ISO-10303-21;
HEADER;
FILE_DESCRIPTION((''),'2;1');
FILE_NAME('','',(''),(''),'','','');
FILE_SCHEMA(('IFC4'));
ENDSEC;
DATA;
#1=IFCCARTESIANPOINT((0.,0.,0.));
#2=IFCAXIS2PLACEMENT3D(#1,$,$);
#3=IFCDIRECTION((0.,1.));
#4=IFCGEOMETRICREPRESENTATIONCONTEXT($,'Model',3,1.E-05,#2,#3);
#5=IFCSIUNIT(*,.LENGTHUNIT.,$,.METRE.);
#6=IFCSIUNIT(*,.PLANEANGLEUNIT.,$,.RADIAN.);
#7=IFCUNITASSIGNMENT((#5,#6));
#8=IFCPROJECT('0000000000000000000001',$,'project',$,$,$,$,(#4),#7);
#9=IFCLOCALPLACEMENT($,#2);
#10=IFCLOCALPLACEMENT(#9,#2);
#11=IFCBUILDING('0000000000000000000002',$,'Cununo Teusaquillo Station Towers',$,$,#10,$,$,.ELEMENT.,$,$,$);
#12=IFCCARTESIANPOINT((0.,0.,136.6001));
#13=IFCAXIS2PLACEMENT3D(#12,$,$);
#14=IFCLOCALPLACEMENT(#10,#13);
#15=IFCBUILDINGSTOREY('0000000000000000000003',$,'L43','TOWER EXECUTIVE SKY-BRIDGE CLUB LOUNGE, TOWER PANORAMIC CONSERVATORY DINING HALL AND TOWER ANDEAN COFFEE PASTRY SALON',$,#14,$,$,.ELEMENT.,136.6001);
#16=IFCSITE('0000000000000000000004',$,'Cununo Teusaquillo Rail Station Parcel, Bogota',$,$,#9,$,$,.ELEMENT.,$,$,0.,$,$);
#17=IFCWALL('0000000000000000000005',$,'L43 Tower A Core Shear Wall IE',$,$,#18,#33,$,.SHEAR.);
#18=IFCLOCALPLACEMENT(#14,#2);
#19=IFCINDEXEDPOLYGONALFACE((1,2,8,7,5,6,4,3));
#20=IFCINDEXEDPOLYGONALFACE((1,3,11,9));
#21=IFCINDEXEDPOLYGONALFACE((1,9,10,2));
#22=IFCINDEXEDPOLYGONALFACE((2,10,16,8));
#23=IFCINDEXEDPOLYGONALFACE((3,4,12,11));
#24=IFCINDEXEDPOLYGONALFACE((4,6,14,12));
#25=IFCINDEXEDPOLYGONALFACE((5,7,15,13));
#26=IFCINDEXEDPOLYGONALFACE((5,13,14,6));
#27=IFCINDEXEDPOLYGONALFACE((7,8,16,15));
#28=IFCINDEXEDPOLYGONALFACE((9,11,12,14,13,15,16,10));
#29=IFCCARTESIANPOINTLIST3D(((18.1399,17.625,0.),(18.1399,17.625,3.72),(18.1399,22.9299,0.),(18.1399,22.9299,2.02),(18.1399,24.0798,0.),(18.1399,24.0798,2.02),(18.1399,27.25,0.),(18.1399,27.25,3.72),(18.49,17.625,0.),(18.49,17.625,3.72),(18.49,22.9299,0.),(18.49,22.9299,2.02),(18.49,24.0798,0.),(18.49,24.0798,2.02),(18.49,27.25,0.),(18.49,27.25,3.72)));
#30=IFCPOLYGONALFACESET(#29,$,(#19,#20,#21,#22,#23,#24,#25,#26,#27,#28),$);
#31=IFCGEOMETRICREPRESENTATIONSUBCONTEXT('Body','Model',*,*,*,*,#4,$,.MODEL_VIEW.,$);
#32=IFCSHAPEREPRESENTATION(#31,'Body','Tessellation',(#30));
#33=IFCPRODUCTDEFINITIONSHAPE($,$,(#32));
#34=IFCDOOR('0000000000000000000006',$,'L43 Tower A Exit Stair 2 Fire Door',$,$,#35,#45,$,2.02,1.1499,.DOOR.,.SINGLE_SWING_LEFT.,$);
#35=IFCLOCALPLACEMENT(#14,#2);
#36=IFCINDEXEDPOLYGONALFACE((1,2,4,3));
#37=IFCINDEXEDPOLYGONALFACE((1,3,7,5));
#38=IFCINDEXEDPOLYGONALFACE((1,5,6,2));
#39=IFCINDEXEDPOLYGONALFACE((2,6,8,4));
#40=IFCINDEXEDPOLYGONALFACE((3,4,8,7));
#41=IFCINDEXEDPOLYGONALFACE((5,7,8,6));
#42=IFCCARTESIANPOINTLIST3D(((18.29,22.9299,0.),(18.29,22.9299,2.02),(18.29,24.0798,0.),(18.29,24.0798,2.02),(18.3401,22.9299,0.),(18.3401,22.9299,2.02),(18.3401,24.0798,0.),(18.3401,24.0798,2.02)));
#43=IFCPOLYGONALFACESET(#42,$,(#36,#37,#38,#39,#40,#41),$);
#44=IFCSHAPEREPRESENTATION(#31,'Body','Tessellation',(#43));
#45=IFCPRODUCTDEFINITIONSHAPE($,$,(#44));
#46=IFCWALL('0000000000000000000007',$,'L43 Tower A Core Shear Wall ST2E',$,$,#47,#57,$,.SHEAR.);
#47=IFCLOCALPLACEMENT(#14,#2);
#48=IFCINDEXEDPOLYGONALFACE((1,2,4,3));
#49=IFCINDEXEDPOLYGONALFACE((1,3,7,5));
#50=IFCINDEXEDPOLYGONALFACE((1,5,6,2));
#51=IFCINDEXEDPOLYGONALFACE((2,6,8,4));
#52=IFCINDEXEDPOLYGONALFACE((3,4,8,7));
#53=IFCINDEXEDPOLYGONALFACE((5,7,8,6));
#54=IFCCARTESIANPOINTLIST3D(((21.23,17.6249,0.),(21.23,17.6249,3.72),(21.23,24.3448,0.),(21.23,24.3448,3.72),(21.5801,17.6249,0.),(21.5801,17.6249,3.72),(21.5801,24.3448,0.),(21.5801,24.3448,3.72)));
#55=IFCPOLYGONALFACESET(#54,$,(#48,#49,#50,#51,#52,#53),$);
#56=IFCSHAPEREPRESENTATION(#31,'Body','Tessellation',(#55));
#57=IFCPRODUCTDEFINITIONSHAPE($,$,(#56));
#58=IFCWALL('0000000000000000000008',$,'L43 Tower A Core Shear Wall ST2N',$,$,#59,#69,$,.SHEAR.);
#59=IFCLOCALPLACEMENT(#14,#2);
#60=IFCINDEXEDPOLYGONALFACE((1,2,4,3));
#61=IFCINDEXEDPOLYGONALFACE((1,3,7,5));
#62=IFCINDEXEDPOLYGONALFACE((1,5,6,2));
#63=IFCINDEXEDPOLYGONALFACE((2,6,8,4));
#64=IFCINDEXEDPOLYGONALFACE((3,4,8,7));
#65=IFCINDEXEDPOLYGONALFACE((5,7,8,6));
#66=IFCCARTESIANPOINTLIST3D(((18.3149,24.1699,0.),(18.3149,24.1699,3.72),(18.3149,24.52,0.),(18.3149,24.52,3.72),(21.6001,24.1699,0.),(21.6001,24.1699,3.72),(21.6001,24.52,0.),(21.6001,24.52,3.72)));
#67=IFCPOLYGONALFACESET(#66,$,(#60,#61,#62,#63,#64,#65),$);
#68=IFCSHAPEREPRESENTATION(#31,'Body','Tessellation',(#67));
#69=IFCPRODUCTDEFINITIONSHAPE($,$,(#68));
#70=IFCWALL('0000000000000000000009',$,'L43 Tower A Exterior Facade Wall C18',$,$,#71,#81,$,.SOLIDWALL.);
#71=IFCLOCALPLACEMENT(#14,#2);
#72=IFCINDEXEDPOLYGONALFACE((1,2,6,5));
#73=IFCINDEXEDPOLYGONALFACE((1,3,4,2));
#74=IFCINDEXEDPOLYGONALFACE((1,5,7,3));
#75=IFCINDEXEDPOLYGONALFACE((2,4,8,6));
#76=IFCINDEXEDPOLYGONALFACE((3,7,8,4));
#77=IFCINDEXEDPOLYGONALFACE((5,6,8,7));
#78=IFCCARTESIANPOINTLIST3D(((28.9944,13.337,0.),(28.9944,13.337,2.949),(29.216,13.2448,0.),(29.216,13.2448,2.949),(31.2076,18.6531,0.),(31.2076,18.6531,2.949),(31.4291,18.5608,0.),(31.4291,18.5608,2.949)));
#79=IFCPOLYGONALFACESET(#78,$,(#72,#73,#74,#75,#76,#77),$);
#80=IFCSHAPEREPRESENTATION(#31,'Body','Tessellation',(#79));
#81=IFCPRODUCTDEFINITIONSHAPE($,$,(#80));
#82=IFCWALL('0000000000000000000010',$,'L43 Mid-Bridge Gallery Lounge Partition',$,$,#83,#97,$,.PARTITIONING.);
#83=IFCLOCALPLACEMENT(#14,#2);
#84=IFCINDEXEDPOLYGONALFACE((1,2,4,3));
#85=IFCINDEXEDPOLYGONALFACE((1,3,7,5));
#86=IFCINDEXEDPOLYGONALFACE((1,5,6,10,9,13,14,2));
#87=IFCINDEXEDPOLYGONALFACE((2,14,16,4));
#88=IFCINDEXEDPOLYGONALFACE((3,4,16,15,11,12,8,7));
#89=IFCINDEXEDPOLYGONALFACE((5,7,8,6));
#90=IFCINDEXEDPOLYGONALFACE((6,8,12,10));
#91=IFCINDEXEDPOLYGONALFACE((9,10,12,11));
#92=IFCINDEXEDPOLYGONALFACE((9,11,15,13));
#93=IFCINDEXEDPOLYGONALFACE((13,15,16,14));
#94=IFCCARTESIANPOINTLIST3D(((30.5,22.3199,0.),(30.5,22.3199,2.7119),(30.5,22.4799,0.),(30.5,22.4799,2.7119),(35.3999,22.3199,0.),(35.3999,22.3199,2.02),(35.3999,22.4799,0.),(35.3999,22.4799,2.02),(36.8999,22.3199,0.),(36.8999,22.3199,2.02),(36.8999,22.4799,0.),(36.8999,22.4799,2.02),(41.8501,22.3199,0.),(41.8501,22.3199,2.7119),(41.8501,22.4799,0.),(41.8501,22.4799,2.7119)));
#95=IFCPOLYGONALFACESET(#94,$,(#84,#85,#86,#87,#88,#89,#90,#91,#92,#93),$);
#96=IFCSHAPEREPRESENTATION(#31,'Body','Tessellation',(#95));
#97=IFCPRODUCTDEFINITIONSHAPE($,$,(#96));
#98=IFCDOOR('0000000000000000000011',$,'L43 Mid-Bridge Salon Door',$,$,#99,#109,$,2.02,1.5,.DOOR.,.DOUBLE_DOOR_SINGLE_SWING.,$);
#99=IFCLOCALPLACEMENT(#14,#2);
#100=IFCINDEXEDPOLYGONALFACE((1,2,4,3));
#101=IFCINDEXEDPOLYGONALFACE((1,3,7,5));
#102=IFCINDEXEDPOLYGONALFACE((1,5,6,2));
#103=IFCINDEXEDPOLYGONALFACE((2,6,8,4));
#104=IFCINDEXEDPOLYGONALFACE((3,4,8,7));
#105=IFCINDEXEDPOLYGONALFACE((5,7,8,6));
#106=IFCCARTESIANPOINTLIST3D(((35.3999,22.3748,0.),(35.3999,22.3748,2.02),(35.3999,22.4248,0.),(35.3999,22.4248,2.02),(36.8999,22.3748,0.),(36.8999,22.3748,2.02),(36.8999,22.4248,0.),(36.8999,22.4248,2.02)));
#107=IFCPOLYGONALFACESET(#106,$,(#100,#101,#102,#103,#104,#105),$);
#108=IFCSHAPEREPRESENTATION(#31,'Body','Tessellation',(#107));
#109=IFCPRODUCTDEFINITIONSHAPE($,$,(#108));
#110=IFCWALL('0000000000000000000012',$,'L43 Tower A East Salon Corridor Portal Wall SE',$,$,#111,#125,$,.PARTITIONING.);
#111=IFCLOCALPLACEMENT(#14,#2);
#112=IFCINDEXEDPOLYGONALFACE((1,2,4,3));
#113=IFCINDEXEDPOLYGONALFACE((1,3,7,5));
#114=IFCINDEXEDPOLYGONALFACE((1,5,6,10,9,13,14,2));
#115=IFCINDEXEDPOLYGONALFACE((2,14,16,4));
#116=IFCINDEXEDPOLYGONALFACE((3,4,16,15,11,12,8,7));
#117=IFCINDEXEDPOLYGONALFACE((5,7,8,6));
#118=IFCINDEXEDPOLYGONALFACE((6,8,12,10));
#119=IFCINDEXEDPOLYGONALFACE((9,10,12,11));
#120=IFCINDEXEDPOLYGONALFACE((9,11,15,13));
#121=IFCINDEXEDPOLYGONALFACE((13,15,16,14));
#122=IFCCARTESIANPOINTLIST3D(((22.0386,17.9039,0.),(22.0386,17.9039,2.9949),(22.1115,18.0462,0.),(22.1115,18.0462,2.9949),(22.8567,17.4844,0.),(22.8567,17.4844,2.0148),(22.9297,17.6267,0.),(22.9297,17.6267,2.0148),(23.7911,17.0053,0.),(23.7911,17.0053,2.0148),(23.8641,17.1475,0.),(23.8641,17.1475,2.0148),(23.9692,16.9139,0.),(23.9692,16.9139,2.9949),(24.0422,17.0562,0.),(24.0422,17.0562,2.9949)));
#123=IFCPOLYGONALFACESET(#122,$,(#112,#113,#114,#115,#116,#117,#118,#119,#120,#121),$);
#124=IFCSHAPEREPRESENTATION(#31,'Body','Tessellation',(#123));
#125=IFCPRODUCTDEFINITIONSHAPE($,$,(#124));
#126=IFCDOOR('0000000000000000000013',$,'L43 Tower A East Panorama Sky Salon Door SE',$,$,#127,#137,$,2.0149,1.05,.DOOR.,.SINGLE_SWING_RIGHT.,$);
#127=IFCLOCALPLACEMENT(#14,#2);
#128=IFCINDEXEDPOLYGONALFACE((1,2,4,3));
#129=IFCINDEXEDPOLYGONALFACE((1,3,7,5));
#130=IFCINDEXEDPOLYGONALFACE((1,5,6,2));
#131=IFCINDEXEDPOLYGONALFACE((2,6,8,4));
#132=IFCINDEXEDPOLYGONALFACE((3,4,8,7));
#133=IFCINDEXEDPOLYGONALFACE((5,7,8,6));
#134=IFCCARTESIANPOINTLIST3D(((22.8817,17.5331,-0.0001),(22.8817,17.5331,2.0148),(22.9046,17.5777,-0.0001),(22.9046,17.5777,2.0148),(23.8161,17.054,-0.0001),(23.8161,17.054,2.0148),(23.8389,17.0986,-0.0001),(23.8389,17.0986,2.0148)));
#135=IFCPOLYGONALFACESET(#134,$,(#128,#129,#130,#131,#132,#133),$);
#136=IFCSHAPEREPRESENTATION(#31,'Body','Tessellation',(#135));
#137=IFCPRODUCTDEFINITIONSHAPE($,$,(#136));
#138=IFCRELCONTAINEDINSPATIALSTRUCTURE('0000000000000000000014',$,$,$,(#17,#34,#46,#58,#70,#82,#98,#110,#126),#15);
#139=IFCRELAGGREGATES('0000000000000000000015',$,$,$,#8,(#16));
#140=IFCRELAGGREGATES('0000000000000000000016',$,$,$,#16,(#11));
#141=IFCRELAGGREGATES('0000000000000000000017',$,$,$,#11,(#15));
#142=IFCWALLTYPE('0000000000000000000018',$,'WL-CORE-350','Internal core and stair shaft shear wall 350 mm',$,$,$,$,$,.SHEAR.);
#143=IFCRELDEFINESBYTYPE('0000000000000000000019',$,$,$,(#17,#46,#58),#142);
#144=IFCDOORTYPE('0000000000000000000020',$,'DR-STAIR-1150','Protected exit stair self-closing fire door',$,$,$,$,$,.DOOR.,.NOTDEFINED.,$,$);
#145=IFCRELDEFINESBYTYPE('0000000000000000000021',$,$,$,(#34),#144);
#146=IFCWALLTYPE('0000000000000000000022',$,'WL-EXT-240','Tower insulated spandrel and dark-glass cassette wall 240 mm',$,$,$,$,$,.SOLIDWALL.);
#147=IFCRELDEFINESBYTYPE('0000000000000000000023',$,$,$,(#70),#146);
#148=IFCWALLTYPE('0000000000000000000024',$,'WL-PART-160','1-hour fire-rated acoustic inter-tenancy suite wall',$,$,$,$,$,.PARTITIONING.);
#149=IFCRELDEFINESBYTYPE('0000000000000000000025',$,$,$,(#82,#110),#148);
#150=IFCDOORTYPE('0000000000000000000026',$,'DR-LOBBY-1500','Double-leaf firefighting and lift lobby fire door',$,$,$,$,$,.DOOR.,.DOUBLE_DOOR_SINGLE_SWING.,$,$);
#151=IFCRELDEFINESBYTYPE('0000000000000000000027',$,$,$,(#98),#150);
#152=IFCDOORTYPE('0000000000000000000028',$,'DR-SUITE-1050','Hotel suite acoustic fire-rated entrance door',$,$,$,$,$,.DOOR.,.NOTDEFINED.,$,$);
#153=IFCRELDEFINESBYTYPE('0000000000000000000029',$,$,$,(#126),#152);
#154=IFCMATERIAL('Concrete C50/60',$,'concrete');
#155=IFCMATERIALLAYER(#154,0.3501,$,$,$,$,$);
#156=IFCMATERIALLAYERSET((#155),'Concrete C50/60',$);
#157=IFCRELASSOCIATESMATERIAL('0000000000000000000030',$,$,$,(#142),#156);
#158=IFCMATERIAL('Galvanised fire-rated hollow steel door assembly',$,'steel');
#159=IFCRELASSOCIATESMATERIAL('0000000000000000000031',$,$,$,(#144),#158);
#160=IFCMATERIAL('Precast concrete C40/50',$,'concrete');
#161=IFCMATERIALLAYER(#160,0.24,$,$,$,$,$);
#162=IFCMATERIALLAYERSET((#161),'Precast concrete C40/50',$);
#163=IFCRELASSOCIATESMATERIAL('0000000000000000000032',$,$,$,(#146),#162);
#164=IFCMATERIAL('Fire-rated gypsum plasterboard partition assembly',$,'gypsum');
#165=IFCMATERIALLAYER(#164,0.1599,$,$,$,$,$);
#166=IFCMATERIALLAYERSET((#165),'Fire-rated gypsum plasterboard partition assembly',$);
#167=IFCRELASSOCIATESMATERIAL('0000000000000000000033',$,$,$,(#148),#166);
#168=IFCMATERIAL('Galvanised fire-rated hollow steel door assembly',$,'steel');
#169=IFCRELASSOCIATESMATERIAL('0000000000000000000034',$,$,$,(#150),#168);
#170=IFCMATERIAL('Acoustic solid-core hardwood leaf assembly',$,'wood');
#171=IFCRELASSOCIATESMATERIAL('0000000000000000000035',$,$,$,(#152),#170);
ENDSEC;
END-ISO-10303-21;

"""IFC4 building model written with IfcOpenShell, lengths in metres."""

from ifc_helpers import new_model, si_unit, direction, frame, frame_2d, origin, place, context, subcontext, project, spatial, rectangle, extrude, source, transform, mapped, material, layer, layer_set, type_object, element, fill, save


model = new_model("IFC4")

# Units and contexts
model_context = context("Model", 3, precision=1e-05, world=origin(), true_north=direction((0.0, 1.0)))
body_context = subcontext(model_context, "Body", "Model", "MODEL_VIEW")
ifc_project = project(units=[si_unit("LENGTHUNIT", "METRE"), si_unit("PLANEANGLEUNIT", "RADIAN")], contexts=[model_context])

# Site, building, storey
site_placement = place(None, origin())
site = spatial("IfcSite", under=ifc_project, at=site_placement, Name="Cununo Teusaquillo Rail Station Parcel, Bogota", CompositionType="ELEMENT", RefElevation=0.0)
building_placement = place(site_placement, origin())
building = spatial("IfcBuilding", under=site, at=building_placement, Name="Cununo Teusaquillo Station Towers", CompositionType="ELEMENT")
storey_placement = place(building_placement, frame((0.0, 0.0, 136.6001)))
storey = spatial("IfcBuildingStorey", under=building, at=storey_placement, Name="L43", Description="TOWER EXECUTIVE SKY-BRIDGE CLUB LOUNGE, TOWER PANORAMIC CONSERVATORY DINING HALL AND TOWER ANDEAN COFFEE PASTRY SALON", CompositionType="ELEMENT", Elevation=136.6001)

# Wall, opening, door
ifc_material_1 = material(Name="Concrete C50/60", Category="concrete")
ifc_layer_1 = layer(ifc_material_1, 0.3501)
ifc_layer_set_1 = layer_set([ifc_layer_1], Name="Concrete C50/60")
wall_type_1 = type_object("IfcWallType", Name="WL-CORE-350", Description="Internal core and stair shaft shear wall 350 mm", PredefinedType="SHEAR", material=ifc_layer_set_1)
wall_1_placement = place(storey_placement, frame((18.3149, 17.625, 0.0), z_axis=(0.0, 0.0, 1.0), x_axis=(0.0, 1.0, 0.0)))
wall_1 = element("IfcWall", 1, at=wall_1_placement, inside=storey, type_object=wall_type_1, Name="L43 Tower A Core Shear Wall IE", PredefinedType="SHEAR", context=body_context, shape_type="SweptSolid", body=[
    extrude(rectangle(XDim=9.625, YDim=0.3501, at=frame_2d((4.8125, 0.0))), origin(), (0.0, 0.0, 1.0), 3.72),
])
shared_shape_1 = source(origin(), body_context, "Body", "SweptSolid", [
    extrude(rectangle(XDim=1.1499, YDim=2.02, at=frame_2d((0.575, 1.01))), frame((0.0, 0.1851, 0.0), z_axis=(0.0, -1.0, 0.0), x_axis=(1.0, 0.0, 0.0)), (0.0, 0.0, 1.0), 0.3701),
])
opening_1_placement = place(wall_1_placement, frame((5.3049, 0.0, 0.0)))
opening_1 = element("IfcOpeningElement", 2, at=opening_1_placement, cuts=wall_1, PredefinedType="OPENING", context=body_context, shape_type="MappedRepresentation", body=[
    mapped(shared_shape_1, transform((0.0, 0.0, 0.0), x_axis=(1.0, 0.0, 0.0), y_axis=(0.0, 1.0, 0.0), z_axis=(0.0, 0.0, 1.0), scale=1.0)),
])
ifc_material_2 = material(Name="Galvanised fire-rated hollow steel door assembly", Category="steel")
door_type_1 = type_object("IfcDoorType", Name="DR-STAIR-1150", Description="Protected exit stair self-closing fire door", OperationType="NOTDEFINED", PredefinedType="DOOR", material=ifc_material_2)
shared_shape_2 = source(origin(), body_context, "Body", "SweptSolid", [
    extrude(rectangle(XDim=1.1499, YDim=2.02, at=frame_2d((0.575, 1.01))), frame((0.0, 0.0249, 0.0), z_axis=(0.0, -1.0, 0.0), x_axis=(1.0, 0.0, 0.0)), (0.0, 0.0, 1.0), 0.05),
])
door_1_placement = place(opening_1_placement, origin())
door_1 = element("IfcDoor", 3, at=door_1_placement, inside=storey, type_object=door_type_1, Name="L43 Tower A Exit Stair 2 Fire Door", OperationType="SINGLE_SWING_LEFT", OverallHeight=2.02, OverallWidth=1.1499, PredefinedType="DOOR", context=body_context, shape_type="MappedRepresentation", body=[
    mapped(shared_shape_2, transform((0.0, 0.0, 0.0), x_axis=(1.0, 0.0, 0.0), y_axis=(0.0, 1.0, 0.0), z_axis=(0.0, 0.0, 1.0), scale=1.0)),
])
fill(opening_1, door_1)

# Walls
wall_2_placement = place(storey_placement, frame((21.405, 17.625, 0.0), z_axis=(0.0, 0.0, 1.0), x_axis=(0.0, 1.0, 0.0)))
element("IfcWall", 4, at=wall_2_placement, inside=storey, type_object=wall_type_1, Name="L43 Tower A Core Shear Wall ST2E", PredefinedType="SHEAR", context=body_context, shape_type="SweptSolid", body=[
    extrude(rectangle(XDim=6.72, YDim=0.3501, at=frame_2d((3.3599, 0.0))), origin(), (0.0, 0.0, 1.0), 3.72),
])
wall_3_placement = place(storey_placement, frame((18.3149, 24.345, 0.0), z_axis=(0.0, 0.0, 1.0), x_axis=(1.0, 0.0, 0.0)))
element("IfcWall", 5, at=wall_3_placement, inside=storey, type_object=wall_type_1, Name="L43 Tower A Core Shear Wall ST2N", PredefinedType="SHEAR", context=body_context, shape_type="SweptSolid", body=[
    extrude(rectangle(XDim=3.2852, YDim=0.3501, at=frame_2d((1.6426, 0.0))), origin(), (0.0, 0.0, 1.0), 3.72),
])
ifc_material_3 = material(Name="Precast concrete C40/50", Category="concrete")
ifc_layer_2 = layer(ifc_material_3, 0.24)
ifc_layer_set_2 = layer_set([ifc_layer_2], Name="Precast concrete C40/50")
wall_type_2 = type_object("IfcWallType", Name="WL-EXT-240", Description="Tower insulated spandrel and dark-glass cassette wall 240 mm", PredefinedType="SOLIDWALL", material=ifc_layer_set_2)
wall_4_placement = place(storey_placement, frame((31.3184, 18.6069, 0.0), z_axis=(0.0, 0.0, 1.0), x_axis=(-0.384344, -0.92319, 0.0)))
element("IfcWall", 6, at=wall_4_placement, inside=storey, type_object=wall_type_2, Name="L43 Tower A Exterior Facade Wall C18", PredefinedType="SOLIDWALL", context=body_context, shape_type="SweptSolid", body=[
    extrude(rectangle(XDim=5.7583, YDim=0.24, at=frame_2d((2.8792, 0.0))), origin(), (0.0, 0.0, 1.0), 2.949),
])

# Walls, openings, doors
ifc_material_4 = material(Name="Fire-rated gypsum plasterboard partition assembly", Category="gypsum")
ifc_layer_3 = layer(ifc_material_4, 0.1599)
ifc_layer_set_3 = layer_set([ifc_layer_3], Name="Fire-rated gypsum plasterboard partition assembly")
wall_type_3 = type_object("IfcWallType", Name="WL-PART-160", Description="1-hour fire-rated acoustic inter-tenancy suite wall", PredefinedType="PARTITIONING", material=ifc_layer_set_3)
wall_5_placement = place(storey_placement, frame((30.5, 22.3999, 0.0), z_axis=(0.0, 0.0, 1.0), x_axis=(1.0, 0.0, 0.0)))
wall_5 = element("IfcWall", 7, at=wall_5_placement, inside=storey, type_object=wall_type_3, Name="L43 Mid-Bridge Gallery Lounge Partition", PredefinedType="PARTITIONING", context=body_context, shape_type="SweptSolid", body=[
    extrude(rectangle(XDim=11.3501, YDim=0.1599, at=frame_2d((5.675, 0.0))), origin(), (0.0, 0.0, 1.0), 2.7119),
])
shared_shape_3 = source(origin(), body_context, "Body", "SweptSolid", [
    extrude(rectangle(XDim=1.5, YDim=2.02, at=frame_2d((0.75, 1.01))), frame((0.0, 0.0898, 0.0), z_axis=(0.0, -1.0, 0.0), x_axis=(1.0, 0.0, 0.0)), (0.0, 0.0, 1.0), 0.1799),
])
opening_2_placement = place(wall_5_placement, frame((4.8999, 0.0, 0.0)))
opening_2 = element("IfcOpeningElement", 8, at=opening_2_placement, cuts=wall_5, PredefinedType="OPENING", context=body_context, shape_type="MappedRepresentation", body=[
    mapped(shared_shape_3, transform((0.0, 0.0, 0.0), x_axis=(1.0, 0.0, 0.0), y_axis=(0.0, 1.0, 0.0), z_axis=(0.0, 0.0, 1.0), scale=1.0)),
])
ifc_material_5 = material(Name="Galvanised fire-rated hollow steel door assembly", Category="steel")
door_type_2 = type_object("IfcDoorType", Name="DR-LOBBY-1500", Description="Double-leaf firefighting and lift lobby fire door", OperationType="DOUBLE_DOOR_SINGLE_SWING", PredefinedType="DOOR", material=ifc_material_5)
shared_shape_4 = source(origin(), body_context, "Body", "SweptSolid", [
    extrude(rectangle(XDim=1.5, YDim=2.02, at=frame_2d((0.75, 1.01))), frame((0.0, 0.0249, 0.0), z_axis=(0.0, -1.0, 0.0), x_axis=(1.0, 0.0, 0.0)), (0.0, 0.0, 1.0), 0.05),
])
door_2_placement = place(opening_2_placement, origin())
door_2 = element("IfcDoor", 9, at=door_2_placement, inside=storey, type_object=door_type_2, Name="L43 Mid-Bridge Salon Door", OperationType="DOUBLE_DOOR_SINGLE_SWING", OverallHeight=2.02, OverallWidth=1.5, PredefinedType="DOOR", context=body_context, shape_type="MappedRepresentation", body=[
    mapped(shared_shape_4, transform((0.0, 0.0, 0.0), x_axis=(1.0, 0.0, 0.0), y_axis=(0.0, 1.0, 0.0), z_axis=(0.0, 0.0, 1.0), scale=1.0)),
])
fill(opening_2, door_2)
wall_6_placement = place(storey_placement, frame((22.075, 17.9751, 0.0), z_axis=(0.0, 0.0, 1.0), x_axis=(0.889835, -0.456282, 0.0)))
wall_6 = element("IfcWall", 10, at=wall_6_placement, inside=storey, type_object=wall_type_3, Name="L43 Tower A East Salon Corridor Portal Wall SE", PredefinedType="PARTITIONING", context=body_context, shape_type="SweptSolid", body=[
    extrude(rectangle(XDim=2.1697, YDim=0.1599, at=frame_2d((1.085, 0.0))), origin(), (0.0, 0.0, 1.0), 2.9949),
])
shared_shape_5 = source(origin(), body_context, "Body", "SweptSolid", [
    extrude(rectangle(XDim=1.05, YDim=2.0149, at=frame_2d((0.5249, 1.0073))), frame((0.0, 0.0898, 0.0), z_axis=(0.0, -1.0, 0.0), x_axis=(1.0, 0.0, 0.0)), (0.0, 0.0, 1.0), 0.1799),
])
opening_3_placement = place(wall_6_placement, frame((0.9197, 0.0, 0.0)))
opening_3 = element("IfcOpeningElement", 11, at=opening_3_placement, cuts=wall_6, PredefinedType="OPENING", context=body_context, shape_type="MappedRepresentation", body=[
    mapped(shared_shape_5, transform((0.0, 0.0, 0.0), x_axis=(1.0, 0.0, 0.0), y_axis=(0.0, 1.0, 0.0), z_axis=(0.0, 0.0, 1.0), scale=1.0)),
])
ifc_material_6 = material(Name="Acoustic solid-core hardwood leaf assembly", Category="wood")
door_type_3 = type_object("IfcDoorType", Name="DR-SUITE-1050", Description="Hotel suite acoustic fire-rated entrance door", OperationType="NOTDEFINED", PredefinedType="DOOR", material=ifc_material_6)
shared_shape_6 = source(origin(), body_context, "Body", "SweptSolid", [
    extrude(rectangle(XDim=1.05, YDim=2.0149, at=frame_2d((0.5249, 1.0073))), frame((0.0, 0.0249, 0.0), z_axis=(0.0, -1.0, 0.0), x_axis=(1.0, 0.0, 0.0)), (0.0, 0.0, 1.0), 0.05),
])
door_3_placement = place(opening_3_placement, origin())
door_3 = element("IfcDoor", 12, at=door_3_placement, inside=storey, type_object=door_type_3, Name="L43 Tower A East Panorama Sky Salon Door SE", OperationType="SINGLE_SWING_RIGHT", OverallHeight=2.0149, OverallWidth=1.05, PredefinedType="DOOR", context=body_context, shape_type="MappedRepresentation", body=[
    mapped(shared_shape_6, transform((0.0, 0.0, 0.0), x_axis=(1.0, 0.0, 0.0), y_axis=(0.0, 1.0, 0.0), z_axis=(0.0, 0.0, 1.0), scale=1.0)),
])
fill(opening_3, door_3)

save(model, "model.ifc")
